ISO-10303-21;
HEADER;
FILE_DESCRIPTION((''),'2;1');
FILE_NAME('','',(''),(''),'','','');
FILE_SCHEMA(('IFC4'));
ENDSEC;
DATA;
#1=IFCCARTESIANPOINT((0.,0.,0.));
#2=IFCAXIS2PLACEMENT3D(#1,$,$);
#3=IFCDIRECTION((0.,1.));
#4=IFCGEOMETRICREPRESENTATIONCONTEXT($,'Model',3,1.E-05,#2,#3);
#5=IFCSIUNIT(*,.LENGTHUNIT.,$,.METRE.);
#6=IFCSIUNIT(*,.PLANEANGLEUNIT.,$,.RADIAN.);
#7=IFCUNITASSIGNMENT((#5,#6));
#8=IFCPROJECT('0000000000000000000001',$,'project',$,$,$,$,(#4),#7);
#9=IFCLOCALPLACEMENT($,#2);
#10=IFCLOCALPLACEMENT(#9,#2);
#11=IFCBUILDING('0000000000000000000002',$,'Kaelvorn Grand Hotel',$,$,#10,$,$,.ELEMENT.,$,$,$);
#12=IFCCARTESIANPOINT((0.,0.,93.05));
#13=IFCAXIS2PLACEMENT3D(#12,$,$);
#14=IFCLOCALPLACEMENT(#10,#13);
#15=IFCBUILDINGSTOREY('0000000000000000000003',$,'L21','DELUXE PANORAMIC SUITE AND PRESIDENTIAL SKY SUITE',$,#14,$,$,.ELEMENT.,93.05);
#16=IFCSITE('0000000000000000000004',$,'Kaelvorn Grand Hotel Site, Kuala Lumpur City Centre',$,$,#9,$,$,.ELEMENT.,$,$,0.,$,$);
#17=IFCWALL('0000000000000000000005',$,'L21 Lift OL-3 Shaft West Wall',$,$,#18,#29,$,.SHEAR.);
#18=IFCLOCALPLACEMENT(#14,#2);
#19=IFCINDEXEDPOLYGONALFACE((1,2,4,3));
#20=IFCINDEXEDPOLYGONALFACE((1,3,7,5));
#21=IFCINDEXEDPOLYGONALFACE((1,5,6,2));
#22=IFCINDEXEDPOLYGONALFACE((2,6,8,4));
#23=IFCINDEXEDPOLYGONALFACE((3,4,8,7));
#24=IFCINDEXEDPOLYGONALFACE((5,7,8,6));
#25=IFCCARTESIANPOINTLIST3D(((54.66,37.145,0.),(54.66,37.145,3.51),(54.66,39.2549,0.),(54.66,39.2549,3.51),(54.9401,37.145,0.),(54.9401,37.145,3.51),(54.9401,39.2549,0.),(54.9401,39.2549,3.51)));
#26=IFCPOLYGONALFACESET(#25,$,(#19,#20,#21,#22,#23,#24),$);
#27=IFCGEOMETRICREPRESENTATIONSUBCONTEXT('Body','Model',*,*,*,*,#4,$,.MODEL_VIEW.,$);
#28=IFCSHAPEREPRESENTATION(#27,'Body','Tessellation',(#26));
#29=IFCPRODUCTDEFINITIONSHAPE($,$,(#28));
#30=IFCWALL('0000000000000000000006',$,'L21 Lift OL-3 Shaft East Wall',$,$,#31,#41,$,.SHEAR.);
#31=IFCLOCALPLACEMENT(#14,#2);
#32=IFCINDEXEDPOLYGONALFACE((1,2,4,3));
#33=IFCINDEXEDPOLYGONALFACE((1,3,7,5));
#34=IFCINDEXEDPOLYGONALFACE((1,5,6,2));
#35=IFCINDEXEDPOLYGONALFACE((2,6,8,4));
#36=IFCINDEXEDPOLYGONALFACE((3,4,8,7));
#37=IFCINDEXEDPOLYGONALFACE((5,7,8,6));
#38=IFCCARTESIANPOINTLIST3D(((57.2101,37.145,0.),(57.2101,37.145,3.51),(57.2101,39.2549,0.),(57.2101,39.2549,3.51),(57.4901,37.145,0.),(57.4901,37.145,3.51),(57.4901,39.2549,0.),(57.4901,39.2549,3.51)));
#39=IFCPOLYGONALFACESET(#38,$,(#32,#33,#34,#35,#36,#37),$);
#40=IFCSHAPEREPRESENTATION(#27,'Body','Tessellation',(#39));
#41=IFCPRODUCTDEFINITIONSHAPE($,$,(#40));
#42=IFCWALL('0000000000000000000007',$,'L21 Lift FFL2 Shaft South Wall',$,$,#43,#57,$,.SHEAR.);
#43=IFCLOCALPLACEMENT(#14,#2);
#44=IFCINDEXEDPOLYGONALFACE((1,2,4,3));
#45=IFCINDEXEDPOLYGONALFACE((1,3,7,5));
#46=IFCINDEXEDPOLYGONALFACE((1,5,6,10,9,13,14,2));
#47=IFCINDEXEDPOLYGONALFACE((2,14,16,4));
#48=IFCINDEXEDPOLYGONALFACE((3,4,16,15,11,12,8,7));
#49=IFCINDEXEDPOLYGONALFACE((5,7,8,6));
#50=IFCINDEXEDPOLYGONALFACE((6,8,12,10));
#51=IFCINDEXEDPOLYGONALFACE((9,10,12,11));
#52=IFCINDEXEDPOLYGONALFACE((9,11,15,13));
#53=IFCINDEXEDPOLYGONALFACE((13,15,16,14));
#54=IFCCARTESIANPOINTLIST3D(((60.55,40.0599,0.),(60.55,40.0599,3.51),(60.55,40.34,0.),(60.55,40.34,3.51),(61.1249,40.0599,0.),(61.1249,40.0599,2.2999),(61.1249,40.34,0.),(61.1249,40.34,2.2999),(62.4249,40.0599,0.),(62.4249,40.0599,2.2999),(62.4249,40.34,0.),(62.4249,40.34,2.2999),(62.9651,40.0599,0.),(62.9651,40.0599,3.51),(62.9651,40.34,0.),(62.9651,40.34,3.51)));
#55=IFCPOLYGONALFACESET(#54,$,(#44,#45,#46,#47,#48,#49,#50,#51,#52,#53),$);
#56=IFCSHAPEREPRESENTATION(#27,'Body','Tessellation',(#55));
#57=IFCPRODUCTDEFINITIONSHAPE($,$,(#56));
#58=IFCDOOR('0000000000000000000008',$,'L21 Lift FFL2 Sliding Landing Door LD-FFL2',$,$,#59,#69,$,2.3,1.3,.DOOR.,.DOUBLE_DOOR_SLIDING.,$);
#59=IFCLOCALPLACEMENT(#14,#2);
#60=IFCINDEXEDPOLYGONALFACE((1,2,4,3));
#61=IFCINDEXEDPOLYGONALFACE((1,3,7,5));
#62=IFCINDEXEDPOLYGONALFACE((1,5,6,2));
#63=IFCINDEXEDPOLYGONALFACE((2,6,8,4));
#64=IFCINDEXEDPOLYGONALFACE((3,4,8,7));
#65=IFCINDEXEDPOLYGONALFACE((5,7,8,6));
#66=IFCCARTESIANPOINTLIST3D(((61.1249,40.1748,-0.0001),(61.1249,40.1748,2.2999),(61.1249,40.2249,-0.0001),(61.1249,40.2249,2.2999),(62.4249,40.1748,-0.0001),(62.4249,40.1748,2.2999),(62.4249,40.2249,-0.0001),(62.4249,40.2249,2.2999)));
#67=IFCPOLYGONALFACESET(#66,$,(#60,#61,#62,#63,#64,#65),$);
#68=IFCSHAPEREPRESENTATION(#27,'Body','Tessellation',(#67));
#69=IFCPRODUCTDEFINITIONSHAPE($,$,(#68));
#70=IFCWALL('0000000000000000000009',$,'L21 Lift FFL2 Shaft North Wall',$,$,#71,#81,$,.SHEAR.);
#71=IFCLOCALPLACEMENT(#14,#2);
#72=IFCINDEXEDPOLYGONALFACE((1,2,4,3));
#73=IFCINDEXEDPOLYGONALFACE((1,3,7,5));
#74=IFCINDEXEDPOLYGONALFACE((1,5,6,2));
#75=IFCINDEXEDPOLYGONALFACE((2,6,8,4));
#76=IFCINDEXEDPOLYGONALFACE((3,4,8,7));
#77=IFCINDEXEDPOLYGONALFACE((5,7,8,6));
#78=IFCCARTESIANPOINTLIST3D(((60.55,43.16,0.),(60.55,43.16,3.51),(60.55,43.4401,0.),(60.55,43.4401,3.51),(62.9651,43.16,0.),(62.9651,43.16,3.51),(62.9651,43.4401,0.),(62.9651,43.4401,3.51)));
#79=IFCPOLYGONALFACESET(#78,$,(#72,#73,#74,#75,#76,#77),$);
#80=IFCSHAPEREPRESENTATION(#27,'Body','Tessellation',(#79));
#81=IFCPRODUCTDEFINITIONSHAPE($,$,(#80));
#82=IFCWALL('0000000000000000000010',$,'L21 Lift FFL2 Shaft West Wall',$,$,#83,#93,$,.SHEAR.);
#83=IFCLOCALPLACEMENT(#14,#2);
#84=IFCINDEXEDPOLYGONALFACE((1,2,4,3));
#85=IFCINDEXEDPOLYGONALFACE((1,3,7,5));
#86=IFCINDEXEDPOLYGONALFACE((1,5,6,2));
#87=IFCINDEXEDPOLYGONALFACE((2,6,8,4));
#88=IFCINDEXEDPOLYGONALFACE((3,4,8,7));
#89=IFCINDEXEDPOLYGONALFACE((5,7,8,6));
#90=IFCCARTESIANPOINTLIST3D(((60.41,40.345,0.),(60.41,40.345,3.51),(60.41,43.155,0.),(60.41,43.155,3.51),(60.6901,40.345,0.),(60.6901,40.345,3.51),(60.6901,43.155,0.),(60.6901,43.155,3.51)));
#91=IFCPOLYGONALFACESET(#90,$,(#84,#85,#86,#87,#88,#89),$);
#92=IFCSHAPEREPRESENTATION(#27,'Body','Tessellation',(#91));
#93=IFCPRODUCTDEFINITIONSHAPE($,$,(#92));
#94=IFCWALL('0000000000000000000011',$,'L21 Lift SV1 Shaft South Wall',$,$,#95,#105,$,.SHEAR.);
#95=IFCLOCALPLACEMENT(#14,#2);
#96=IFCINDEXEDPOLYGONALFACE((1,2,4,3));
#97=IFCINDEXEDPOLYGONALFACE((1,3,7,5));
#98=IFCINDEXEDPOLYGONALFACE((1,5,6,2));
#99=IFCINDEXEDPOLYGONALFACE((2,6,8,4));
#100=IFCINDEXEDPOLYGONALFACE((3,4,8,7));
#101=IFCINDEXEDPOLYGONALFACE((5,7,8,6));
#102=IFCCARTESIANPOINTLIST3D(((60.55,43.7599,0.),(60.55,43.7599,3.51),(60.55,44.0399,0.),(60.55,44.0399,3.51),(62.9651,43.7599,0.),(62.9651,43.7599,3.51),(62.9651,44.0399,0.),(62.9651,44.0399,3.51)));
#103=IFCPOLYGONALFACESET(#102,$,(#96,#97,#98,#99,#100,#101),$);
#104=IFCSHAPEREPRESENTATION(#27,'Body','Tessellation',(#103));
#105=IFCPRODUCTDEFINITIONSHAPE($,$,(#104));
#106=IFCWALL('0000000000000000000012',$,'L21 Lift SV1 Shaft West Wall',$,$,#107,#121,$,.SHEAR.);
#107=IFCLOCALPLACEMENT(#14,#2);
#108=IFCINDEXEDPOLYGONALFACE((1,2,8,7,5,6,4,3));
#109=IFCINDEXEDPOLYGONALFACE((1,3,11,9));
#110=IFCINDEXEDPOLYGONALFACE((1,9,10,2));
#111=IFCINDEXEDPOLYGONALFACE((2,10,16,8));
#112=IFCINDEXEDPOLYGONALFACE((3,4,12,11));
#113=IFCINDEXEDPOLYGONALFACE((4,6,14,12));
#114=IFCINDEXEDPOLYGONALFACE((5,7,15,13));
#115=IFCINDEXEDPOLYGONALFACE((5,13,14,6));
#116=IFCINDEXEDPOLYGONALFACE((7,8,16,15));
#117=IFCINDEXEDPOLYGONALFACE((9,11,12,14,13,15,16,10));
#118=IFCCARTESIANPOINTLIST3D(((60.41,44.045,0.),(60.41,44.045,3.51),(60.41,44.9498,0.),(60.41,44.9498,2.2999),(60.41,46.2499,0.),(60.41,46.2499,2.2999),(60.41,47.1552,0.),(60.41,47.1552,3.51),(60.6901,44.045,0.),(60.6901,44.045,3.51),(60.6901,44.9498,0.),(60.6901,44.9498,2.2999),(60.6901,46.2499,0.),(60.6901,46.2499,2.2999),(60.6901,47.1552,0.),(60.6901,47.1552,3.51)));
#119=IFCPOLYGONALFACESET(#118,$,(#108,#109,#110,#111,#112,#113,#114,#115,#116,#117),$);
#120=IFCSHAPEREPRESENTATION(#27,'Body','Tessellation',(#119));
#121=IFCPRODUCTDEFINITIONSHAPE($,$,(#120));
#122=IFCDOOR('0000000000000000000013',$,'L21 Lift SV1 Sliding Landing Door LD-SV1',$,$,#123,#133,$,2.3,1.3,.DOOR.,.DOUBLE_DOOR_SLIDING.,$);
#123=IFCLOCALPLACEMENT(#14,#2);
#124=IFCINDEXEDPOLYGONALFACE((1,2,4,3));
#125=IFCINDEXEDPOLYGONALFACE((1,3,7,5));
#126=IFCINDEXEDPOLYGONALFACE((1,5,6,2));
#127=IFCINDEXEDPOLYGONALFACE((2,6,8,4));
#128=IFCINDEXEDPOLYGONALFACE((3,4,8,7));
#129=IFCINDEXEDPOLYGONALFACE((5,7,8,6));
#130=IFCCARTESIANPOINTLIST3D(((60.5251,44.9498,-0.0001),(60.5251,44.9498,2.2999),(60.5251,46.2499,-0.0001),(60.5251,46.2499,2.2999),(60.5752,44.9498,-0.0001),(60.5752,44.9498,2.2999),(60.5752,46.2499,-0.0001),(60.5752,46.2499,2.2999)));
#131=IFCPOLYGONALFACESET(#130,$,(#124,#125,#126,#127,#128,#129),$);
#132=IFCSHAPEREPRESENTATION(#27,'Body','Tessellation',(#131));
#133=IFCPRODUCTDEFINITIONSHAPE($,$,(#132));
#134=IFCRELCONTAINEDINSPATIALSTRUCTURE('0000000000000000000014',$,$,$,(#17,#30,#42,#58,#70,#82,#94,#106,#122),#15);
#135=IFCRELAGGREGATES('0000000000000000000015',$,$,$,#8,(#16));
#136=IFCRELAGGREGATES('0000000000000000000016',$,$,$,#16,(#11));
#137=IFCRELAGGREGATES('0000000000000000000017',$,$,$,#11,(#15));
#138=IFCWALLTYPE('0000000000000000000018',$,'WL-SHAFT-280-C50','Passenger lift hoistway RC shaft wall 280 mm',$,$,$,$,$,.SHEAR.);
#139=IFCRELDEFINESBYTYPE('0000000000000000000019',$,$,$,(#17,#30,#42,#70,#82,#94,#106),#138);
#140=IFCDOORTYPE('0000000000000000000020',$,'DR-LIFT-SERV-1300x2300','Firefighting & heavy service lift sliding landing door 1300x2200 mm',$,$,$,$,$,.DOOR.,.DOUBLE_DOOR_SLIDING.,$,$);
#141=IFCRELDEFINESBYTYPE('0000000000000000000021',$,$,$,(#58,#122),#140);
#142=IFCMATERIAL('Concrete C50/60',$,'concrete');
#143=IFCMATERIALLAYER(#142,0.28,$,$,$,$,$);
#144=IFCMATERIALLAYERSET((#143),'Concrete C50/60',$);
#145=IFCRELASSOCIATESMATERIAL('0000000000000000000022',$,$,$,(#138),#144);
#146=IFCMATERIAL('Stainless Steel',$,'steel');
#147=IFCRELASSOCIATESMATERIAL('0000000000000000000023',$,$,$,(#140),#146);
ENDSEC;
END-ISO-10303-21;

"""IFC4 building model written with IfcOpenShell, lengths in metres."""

from ifc_helpers import new_model, si_unit, direction, frame, frame_2d, origin, place, context, subcontext, project, spatial, rectangle, extrude, material, layer, layer_set, type_object, element, fill, save


model = new_model("IFC4")

# Units and contexts
model_context = context("Model", 3, precision=1e-05, world=origin(), true_north=direction((0.0, 1.0)))
body_context = subcontext(model_context, "Body", "Model", "MODEL_VIEW")
ifc_project = project(units=[si_unit("LENGTHUNIT", "METRE"), si_unit("PLANEANGLEUNIT", "RADIAN")], contexts=[model_context])

# Site, building, storey
site_placement = place(None, origin())
site = spatial("IfcSite", under=ifc_project, at=site_placement, Name="Kaelvorn Grand Hotel Site, Kuala Lumpur City Centre", CompositionType="ELEMENT", RefElevation=0.0)
building_placement = place(site_placement, origin())
building = spatial("IfcBuilding", under=site, at=building_placement, Name="Kaelvorn Grand Hotel", CompositionType="ELEMENT")
storey_placement = place(building_placement, frame((0.0, 0.0, 93.05)))
storey = spatial("IfcBuildingStorey", under=building, at=storey_placement, Name="L21", Description="DELUXE PANORAMIC SUITE AND PRESIDENTIAL SKY SUITE", CompositionType="ELEMENT", Elevation=93.05)

# Walls
ifc_material_1 = material(Name="Concrete C50/60", Category="concrete")
ifc_layer_1 = layer(ifc_material_1, 0.28)
ifc_layer_set_1 = layer_set([ifc_layer_1], Name="Concrete C50/60")
wall_type_1 = type_object("IfcWallType", Name="WL-SHAFT-280-C50", Description="Passenger lift hoistway RC shaft wall 280 mm", PredefinedType="SHEAR", material=ifc_layer_set_1)
for number, where, z_axis, x_axis, name in (
    (1, (54.8, 37.145, 0.0), (0.0, 0.0, 1.0), (0.0, 1.0, 0.0), "L21 Lift OL-3 Shaft West Wall"),
    (2, (57.3501, 37.145, 0.0), (0.0, 0.0, 1.0), (0.0, 1.0, 0.0), "L21 Lift OL-3 Shaft East Wall"),
):
    element("IfcWall", number, at=place(storey_placement, frame(where, z_axis=z_axis, x_axis=x_axis)), inside=storey, type_object=wall_type_1, Name=name, PredefinedType="SHEAR", context=body_context, shape_type="SweptSolid", body=[
        extrude(rectangle(XDim=2.1099, YDim=0.28, at=frame_2d((1.0549, 0.0))), origin(), (0.0, 0.0, 1.0), 3.51),
    ])

# Wall, opening, door
wall_1_placement = place(storey_placement, frame((60.55, 40.2, 0.0), z_axis=(0.0, 0.0, 1.0), x_axis=(1.0, 0.0, 0.0)))
wall_1 = element("IfcWall", 3, at=wall_1_placement, inside=storey, type_object=wall_type_1, Name="L21 Lift FFL2 Shaft South Wall", PredefinedType="SHEAR", context=body_context, shape_type="SweptSolid", body=[
    extrude(rectangle(XDim=2.415, YDim=0.28, at=frame_2d((1.2075, 0.0))), origin(), (0.0, 0.0, 1.0), 3.51),
])
opening_1_placement = place(wall_1_placement, frame((0.575, 0.0, 0.0)))
opening_1 = element("IfcOpeningElement", 4, at=opening_1_placement, cuts=wall_1, PredefinedType="OPENING", context=body_context, shape_type="SweptSolid", body=[
    extrude(rectangle(XDim=1.3, YDim=2.3, at=frame_2d((0.6499, 1.1499))), frame((0.0, 0.1499, 0.0), z_axis=(0.0, -1.0, 0.0), x_axis=(1.0, 0.0, 0.0)), (0.0, 0.0, 1.0), 0.3),
])
ifc_material_2 = material(Name="Stainless Steel", Category="steel")
door_type_1 = type_object("IfcDoorType", Name="DR-LIFT-SERV-1300x2300", Description="Firefighting & heavy service lift sliding landing door 1300x2200 mm", OperationType="DOUBLE_DOOR_SLIDING", PredefinedType="DOOR", material=ifc_material_2)
door_1_placement = place(opening_1_placement, origin())
door_1 = element("IfcDoor", 5, at=door_1_placement, inside=storey, type_object=door_type_1, Name="L21 Lift FFL2 Sliding Landing Door LD-FFL2", OperationType="DOUBLE_DOOR_SLIDING", OverallHeight=2.3, OverallWidth=1.3, PredefinedType="DOOR", context=body_context, shape_type="SweptSolid", body=[
    extrude(rectangle(XDim=1.3, YDim=2.3, at=frame_2d((0.6499, 1.1499))), frame((0.0, 0.0249, 0.0), z_axis=(0.0, -1.0, 0.0), x_axis=(1.0, 0.0, 0.0)), (0.0, 0.0, 1.0), 0.05),
])
fill(opening_1, door_1)

# Walls
wall_2_placement = place(storey_placement, frame((60.55, 43.3, 0.0), z_axis=(0.0, 0.0, 1.0), x_axis=(1.0, 0.0, 0.0)))
element("IfcWall", 6, at=wall_2_placement, inside=storey, type_object=wall_type_1, Name="L21 Lift FFL2 Shaft North Wall", PredefinedType="SHEAR", context=body_context, shape_type="SweptSolid", body=[
    extrude(rectangle(XDim=2.415, YDim=0.28, at=frame_2d((1.2075, 0.0))), origin(), (0.0, 0.0, 1.0), 3.51),
])
wall_3_placement = place(storey_placement, frame((60.55, 40.345, 0.0), z_axis=(0.0, 0.0, 1.0), x_axis=(0.0, 1.0, 0.0)))
element("IfcWall", 7, at=wall_3_placement, inside=storey, type_object=wall_type_1, Name="L21 Lift FFL2 Shaft West Wall", PredefinedType="SHEAR", context=body_context, shape_type="SweptSolid", body=[
    extrude(rectangle(XDim=2.8101, YDim=0.28, at=frame_2d((1.405, 0.0))), origin(), (0.0, 0.0, 1.0), 3.51),
])
wall_4_placement = place(storey_placement, frame((60.55, 43.8999, 0.0), z_axis=(0.0, 0.0, 1.0), x_axis=(1.0, 0.0, 0.0)))
element("IfcWall", 8, at=wall_4_placement, inside=storey, type_object=wall_type_1, Name="L21 Lift SV1 Shaft South Wall", PredefinedType="SHEAR", context=body_context, shape_type="SweptSolid", body=[
    extrude(rectangle(XDim=2.415, YDim=0.28, at=frame_2d((1.2075, 0.0))), origin(), (0.0, 0.0, 1.0), 3.51),
])

# Wall, opening, door
wall_5_placement = place(storey_placement, frame((60.55, 44.0449, 0.0), z_axis=(0.0, 0.0, 1.0), x_axis=(0.0, 1.0, 0.0)))
wall_5 = element("IfcWall", 9, at=wall_5_placement, inside=storey, type_object=wall_type_1, Name="L21 Lift SV1 Shaft West Wall", PredefinedType="SHEAR", context=body_context, shape_type="SweptSolid", body=[
    extrude(rectangle(XDim=3.1101, YDim=0.28, at=frame_2d((1.5552, 0.0))), origin(), (0.0, 0.0, 1.0), 3.51),
])
opening_2_placement = place(wall_5_placement, frame((0.905, 0.0, 0.0)))
opening_2 = element("IfcOpeningElement", 10, at=opening_2_placement, cuts=wall_5, PredefinedType="OPENING", context=body_context, shape_type="SweptSolid", body=[
    extrude(rectangle(XDim=1.3, YDim=2.3, at=frame_2d((0.6499, 1.1499))), frame((0.0, 0.1499, 0.0), z_axis=(0.0, -1.0, 0.0), x_axis=(1.0, 0.0, 0.0)), (0.0, 0.0, 1.0), 0.3),
])
door_2_placement = place(opening_2_placement, origin())
door_2 = element("IfcDoor", 11, at=door_2_placement, inside=storey, type_object=door_type_1, Name="L21 Lift SV1 Sliding Landing Door LD-SV1", OperationType="DOUBLE_DOOR_SLIDING", OverallHeight=2.3, OverallWidth=1.3, PredefinedType="DOOR", context=body_context, shape_type="SweptSolid", body=[
    extrude(rectangle(XDim=1.3, YDim=2.3, at=frame_2d((0.6499, 1.1499))), frame((0.0, 0.0249, 0.0), z_axis=(0.0, -1.0, 0.0), x_axis=(1.0, 0.0, 0.0)), (0.0, 0.0, 1.0), 0.05),
])
fill(opening_2, door_2)

save(model, "model.ifc")
